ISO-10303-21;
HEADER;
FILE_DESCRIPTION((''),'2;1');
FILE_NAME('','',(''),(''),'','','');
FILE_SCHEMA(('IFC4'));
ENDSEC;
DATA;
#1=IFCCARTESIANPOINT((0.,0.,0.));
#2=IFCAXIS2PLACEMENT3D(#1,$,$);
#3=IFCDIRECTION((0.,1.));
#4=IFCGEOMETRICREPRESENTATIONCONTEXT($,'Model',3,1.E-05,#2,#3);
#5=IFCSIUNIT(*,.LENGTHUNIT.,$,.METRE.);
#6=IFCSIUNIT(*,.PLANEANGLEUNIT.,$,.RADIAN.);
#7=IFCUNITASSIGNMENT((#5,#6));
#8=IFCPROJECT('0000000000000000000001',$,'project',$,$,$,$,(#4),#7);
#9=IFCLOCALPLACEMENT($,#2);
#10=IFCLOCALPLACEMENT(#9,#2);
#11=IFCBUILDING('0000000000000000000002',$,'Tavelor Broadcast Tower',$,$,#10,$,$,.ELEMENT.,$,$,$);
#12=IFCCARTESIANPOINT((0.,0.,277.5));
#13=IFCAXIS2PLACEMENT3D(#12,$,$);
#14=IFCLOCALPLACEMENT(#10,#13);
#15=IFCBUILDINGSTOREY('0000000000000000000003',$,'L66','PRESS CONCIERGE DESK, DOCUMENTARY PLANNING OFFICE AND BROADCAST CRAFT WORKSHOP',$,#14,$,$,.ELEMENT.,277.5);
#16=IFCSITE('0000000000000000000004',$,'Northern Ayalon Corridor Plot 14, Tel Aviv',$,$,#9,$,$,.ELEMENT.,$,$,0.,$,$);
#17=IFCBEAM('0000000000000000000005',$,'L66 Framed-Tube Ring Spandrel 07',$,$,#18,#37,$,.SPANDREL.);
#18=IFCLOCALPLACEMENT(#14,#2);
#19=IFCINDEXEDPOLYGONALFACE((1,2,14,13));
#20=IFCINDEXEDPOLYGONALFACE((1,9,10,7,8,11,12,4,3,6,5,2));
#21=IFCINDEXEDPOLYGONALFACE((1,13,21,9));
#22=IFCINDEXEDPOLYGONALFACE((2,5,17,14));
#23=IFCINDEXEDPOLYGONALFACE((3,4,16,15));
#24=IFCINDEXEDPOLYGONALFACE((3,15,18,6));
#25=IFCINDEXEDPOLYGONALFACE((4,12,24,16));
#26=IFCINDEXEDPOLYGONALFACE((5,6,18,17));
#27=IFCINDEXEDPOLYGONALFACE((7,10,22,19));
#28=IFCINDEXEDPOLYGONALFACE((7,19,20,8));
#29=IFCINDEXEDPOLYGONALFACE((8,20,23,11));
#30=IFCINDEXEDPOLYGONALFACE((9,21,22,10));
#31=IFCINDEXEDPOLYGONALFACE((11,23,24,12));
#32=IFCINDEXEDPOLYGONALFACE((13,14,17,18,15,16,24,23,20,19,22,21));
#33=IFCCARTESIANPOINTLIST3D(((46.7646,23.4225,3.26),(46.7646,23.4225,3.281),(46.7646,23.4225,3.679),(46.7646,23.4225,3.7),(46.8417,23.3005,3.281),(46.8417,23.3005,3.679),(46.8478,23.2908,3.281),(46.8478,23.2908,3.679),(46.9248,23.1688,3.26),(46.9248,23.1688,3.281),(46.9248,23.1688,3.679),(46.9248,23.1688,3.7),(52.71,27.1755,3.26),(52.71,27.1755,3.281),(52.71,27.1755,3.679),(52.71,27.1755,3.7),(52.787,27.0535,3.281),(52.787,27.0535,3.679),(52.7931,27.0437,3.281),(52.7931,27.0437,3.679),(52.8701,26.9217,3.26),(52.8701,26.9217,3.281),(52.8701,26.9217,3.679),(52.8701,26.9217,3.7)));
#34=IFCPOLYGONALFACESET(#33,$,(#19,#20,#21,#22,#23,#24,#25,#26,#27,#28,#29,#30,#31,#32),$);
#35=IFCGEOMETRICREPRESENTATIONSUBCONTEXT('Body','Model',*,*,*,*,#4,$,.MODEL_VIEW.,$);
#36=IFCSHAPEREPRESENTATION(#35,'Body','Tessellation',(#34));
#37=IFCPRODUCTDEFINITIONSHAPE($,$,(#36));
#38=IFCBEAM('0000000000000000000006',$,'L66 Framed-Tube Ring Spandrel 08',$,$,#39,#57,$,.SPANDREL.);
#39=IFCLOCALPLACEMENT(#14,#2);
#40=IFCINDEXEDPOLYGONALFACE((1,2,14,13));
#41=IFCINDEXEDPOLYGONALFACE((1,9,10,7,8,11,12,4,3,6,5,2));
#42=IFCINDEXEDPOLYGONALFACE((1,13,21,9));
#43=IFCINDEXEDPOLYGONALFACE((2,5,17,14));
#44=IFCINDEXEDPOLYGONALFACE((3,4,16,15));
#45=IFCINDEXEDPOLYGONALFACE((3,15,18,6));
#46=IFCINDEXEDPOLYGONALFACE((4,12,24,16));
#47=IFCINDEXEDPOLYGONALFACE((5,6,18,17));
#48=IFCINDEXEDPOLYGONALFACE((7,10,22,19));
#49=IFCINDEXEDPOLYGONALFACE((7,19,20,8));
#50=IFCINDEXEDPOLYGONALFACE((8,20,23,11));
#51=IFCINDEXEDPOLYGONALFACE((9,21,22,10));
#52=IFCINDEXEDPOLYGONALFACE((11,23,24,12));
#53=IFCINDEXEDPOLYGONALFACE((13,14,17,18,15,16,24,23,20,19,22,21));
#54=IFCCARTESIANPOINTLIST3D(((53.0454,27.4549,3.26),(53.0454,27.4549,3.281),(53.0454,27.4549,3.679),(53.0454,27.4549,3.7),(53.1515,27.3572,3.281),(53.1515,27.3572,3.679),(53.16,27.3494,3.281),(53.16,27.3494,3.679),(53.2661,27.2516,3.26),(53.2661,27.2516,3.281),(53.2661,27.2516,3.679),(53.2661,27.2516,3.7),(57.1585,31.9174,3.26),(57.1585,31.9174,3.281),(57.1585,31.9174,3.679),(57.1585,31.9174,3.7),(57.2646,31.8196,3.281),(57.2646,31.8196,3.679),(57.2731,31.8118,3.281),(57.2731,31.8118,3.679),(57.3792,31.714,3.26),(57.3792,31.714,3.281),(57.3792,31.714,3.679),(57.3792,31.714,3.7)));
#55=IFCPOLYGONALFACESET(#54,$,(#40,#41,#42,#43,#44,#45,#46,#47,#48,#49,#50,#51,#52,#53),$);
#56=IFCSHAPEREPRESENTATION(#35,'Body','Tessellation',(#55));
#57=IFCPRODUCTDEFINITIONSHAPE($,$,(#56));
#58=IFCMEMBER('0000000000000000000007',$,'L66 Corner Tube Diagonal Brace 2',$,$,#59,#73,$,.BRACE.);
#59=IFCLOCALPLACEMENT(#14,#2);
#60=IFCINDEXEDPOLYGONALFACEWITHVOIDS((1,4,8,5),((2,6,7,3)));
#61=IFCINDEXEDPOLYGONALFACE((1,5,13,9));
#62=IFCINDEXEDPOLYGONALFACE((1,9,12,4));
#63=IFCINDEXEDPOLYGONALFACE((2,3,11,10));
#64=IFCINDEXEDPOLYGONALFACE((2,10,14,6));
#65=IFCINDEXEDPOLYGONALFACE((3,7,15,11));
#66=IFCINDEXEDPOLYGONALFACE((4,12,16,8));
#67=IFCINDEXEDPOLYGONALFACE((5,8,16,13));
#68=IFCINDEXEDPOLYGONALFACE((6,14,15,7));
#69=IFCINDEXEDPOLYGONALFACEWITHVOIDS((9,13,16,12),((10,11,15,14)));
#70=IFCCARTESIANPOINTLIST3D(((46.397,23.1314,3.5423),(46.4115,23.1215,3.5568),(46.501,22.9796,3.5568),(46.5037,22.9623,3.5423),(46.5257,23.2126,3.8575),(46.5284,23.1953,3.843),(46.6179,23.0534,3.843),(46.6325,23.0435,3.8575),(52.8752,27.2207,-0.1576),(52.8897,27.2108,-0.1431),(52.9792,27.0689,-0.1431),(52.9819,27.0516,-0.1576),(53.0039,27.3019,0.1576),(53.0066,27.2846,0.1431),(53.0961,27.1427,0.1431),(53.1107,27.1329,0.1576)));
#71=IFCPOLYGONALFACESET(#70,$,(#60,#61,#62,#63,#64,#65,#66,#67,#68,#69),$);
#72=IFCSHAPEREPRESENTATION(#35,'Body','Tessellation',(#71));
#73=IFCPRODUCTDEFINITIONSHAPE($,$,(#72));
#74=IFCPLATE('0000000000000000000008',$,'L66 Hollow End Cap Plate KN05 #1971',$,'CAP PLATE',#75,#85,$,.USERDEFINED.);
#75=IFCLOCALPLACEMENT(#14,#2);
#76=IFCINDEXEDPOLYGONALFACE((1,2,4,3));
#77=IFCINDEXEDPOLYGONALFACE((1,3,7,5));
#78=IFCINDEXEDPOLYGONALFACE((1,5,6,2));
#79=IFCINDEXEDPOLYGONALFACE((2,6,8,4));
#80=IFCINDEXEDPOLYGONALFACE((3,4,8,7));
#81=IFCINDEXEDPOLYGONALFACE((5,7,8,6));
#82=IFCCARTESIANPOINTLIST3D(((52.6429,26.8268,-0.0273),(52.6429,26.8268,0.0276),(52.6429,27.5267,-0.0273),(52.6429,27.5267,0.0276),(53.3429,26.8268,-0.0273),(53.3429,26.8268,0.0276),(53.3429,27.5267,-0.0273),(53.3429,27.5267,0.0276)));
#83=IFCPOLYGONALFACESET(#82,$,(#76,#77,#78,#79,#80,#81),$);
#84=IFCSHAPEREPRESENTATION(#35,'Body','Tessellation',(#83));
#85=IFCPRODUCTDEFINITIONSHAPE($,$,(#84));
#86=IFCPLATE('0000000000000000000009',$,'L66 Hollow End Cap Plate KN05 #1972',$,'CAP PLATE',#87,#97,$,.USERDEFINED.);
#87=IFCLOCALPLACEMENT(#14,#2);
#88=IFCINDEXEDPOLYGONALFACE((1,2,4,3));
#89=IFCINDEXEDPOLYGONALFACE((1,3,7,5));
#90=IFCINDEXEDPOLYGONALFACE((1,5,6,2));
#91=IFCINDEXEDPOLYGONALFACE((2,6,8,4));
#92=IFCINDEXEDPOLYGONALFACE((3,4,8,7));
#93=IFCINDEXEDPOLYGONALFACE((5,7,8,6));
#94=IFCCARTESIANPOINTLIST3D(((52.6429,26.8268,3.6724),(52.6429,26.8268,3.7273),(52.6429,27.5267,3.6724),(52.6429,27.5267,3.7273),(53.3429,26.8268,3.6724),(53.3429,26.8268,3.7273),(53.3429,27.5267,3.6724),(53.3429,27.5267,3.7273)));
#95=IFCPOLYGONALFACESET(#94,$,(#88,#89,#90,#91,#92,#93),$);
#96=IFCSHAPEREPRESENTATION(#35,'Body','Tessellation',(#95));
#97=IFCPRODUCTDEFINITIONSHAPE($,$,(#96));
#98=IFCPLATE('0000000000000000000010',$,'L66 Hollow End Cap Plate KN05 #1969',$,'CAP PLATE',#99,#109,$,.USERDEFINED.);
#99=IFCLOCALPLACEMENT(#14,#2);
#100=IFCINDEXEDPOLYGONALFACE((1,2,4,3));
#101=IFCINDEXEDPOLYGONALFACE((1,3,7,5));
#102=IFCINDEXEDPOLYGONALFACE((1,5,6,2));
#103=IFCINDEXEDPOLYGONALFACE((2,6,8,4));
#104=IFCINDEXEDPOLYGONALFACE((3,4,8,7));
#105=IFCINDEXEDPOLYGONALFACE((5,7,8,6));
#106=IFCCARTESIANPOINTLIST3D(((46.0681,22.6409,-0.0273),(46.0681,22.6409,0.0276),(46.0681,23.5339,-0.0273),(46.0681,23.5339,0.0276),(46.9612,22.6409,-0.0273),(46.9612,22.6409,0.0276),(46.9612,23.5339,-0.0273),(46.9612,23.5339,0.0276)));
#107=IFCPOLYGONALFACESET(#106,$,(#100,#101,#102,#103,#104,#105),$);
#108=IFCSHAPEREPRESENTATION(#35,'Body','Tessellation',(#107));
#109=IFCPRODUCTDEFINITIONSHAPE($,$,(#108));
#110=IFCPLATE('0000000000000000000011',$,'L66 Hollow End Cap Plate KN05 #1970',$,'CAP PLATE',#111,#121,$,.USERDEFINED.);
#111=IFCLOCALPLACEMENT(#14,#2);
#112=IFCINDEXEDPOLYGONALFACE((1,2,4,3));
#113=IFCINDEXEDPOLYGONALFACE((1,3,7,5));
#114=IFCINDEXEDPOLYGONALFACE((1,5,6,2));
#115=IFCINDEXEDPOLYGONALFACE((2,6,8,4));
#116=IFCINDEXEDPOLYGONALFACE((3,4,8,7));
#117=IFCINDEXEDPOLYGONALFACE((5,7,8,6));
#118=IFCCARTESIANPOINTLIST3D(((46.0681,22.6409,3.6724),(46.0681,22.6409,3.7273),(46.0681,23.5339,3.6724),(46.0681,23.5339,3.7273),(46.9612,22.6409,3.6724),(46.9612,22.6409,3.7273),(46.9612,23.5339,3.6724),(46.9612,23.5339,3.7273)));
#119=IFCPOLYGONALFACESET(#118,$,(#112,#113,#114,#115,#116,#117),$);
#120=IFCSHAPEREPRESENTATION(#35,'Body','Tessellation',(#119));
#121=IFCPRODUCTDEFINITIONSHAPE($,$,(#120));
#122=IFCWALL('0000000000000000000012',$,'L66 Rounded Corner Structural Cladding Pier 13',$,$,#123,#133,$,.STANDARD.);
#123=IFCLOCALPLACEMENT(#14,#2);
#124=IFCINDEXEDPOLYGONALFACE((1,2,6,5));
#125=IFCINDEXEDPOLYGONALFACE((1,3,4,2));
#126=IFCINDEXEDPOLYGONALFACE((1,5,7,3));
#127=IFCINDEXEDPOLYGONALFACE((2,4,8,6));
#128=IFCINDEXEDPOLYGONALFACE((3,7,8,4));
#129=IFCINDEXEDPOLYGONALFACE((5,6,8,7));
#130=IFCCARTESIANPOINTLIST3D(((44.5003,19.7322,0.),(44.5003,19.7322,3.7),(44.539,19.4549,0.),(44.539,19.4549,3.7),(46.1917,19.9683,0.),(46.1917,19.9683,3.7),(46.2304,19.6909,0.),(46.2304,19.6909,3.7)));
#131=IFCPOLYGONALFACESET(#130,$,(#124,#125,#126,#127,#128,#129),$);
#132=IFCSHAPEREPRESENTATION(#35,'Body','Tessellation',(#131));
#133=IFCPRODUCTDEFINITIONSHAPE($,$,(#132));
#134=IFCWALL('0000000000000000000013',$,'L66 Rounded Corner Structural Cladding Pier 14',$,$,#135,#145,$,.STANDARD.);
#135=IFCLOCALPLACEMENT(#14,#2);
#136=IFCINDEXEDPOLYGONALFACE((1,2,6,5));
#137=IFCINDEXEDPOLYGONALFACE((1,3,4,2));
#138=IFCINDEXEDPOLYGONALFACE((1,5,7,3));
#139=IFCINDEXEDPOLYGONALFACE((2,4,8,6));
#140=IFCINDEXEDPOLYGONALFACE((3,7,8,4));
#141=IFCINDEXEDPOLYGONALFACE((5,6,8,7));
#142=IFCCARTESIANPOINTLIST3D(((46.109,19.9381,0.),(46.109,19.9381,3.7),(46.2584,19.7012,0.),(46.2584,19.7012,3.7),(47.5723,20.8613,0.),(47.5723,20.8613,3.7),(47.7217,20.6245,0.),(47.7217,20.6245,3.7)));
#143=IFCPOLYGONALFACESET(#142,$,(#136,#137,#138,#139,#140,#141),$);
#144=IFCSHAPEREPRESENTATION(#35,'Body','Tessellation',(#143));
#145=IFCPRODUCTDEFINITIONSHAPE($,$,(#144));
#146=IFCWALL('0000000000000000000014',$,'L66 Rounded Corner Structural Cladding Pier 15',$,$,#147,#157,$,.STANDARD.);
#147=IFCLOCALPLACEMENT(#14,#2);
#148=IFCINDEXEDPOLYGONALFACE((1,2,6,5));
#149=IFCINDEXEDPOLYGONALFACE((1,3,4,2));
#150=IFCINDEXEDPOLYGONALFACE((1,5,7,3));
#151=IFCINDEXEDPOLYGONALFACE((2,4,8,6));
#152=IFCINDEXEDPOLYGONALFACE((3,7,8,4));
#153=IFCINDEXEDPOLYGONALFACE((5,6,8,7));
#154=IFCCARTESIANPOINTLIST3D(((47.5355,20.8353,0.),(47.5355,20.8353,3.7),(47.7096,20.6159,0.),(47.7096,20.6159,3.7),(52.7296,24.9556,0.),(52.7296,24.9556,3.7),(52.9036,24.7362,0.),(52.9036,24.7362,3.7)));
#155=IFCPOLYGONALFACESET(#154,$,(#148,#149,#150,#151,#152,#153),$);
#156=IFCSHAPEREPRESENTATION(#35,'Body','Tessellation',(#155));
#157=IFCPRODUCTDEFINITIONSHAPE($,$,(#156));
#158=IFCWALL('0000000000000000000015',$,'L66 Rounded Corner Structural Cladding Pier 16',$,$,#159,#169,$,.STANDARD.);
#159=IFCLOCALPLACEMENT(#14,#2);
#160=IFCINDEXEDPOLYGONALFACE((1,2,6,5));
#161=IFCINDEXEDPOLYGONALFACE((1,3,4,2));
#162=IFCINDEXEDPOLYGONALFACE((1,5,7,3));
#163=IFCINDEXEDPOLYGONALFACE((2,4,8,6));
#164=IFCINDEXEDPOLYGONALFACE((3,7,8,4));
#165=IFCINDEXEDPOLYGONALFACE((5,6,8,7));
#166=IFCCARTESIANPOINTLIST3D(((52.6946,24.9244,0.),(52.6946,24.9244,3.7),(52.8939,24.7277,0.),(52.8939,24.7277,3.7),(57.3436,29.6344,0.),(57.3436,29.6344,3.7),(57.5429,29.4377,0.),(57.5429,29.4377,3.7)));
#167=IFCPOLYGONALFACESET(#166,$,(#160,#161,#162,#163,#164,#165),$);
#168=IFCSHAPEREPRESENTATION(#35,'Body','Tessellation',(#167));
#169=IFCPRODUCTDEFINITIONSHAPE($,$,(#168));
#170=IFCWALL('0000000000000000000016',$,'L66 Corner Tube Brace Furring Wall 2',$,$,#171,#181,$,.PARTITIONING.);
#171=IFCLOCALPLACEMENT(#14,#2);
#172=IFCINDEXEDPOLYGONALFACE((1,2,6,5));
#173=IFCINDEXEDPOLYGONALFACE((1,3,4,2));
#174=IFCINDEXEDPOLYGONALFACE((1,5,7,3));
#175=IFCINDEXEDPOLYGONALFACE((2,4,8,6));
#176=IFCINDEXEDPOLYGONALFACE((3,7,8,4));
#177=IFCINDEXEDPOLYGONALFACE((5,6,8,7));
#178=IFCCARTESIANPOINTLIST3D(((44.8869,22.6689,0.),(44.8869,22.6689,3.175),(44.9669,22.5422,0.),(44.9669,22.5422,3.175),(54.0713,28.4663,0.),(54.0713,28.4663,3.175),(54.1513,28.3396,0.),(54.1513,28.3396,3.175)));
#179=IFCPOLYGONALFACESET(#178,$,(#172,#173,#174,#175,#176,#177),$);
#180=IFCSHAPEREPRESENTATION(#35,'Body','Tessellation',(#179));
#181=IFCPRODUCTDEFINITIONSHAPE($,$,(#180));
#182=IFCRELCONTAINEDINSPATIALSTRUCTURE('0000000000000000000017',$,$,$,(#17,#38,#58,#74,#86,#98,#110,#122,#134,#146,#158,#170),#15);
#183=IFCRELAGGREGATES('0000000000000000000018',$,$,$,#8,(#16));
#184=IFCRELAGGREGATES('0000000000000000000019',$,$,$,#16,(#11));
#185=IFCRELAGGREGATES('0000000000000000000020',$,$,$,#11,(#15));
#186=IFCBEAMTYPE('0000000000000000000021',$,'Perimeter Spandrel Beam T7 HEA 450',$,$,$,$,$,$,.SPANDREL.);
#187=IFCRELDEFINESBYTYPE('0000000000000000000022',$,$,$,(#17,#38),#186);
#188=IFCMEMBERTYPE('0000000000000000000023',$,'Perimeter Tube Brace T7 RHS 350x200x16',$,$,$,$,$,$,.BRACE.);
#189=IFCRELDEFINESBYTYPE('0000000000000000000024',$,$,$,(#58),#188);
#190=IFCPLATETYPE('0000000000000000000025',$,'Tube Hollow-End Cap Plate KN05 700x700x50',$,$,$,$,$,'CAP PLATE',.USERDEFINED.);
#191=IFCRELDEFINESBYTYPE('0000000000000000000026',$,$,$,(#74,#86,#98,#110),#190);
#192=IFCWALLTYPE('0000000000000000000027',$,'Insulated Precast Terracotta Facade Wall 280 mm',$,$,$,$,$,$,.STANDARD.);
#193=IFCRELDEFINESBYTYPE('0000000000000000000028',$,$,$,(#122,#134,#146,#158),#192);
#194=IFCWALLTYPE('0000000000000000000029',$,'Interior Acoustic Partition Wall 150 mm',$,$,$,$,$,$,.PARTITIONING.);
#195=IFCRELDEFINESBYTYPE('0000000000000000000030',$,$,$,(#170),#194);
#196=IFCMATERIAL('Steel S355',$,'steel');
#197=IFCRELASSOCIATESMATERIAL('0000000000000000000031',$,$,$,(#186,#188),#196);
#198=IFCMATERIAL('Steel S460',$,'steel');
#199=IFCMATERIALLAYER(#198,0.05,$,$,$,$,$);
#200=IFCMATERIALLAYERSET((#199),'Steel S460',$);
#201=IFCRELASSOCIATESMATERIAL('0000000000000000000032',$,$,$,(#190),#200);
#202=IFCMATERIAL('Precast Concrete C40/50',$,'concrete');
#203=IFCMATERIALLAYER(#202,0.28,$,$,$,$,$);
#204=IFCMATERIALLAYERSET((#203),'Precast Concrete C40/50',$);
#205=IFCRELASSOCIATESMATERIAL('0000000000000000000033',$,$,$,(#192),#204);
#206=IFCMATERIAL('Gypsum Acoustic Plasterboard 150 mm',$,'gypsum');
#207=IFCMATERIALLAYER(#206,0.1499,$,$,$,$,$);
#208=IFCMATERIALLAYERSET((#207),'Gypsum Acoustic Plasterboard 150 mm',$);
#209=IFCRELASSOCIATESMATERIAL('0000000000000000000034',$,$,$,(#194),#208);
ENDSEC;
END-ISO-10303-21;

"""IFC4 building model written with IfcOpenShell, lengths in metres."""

from ifc_helpers import new_model, si_unit, direction, frame, frame_2d, origin, origin_2d, place, context, subcontext, project, spatial, rectangle, hollow_rectangle, i_section, extrude, source, transform, mapped, material, layer, layer_set, material_profile, profile_set, type_object, type_shapes, element, save


model = new_model("IFC4")

# Units and contexts
model_context = context("Model", 3, precision=1e-05, world=origin(), true_north=direction((0.0, 1.0)))
body_context = subcontext(model_context, "Body", "Model", "MODEL_VIEW")
ifc_project = project(units=[si_unit("LENGTHUNIT", "METRE"), si_unit("PLANEANGLEUNIT", "RADIAN")], contexts=[model_context])

# Site, building, storey
site_placement = place(None, origin())
site = spatial("IfcSite", under=ifc_project, at=site_placement, Name="Northern Ayalon Corridor Plot 14, Tel Aviv", CompositionType="ELEMENT", RefElevation=0.0)
building_placement = place(site_placement, origin())
building = spatial("IfcBuilding", under=site, at=building_placement, Name="Tavelor Broadcast Tower", CompositionType="ELEMENT")
storey_placement = place(building_placement, frame((0.0, 0.0, 277.5)))
storey = spatial("IfcBuildingStorey", under=building, at=storey_placement, Name="L66", Description="PRESS CONCIERGE DESK, DOCUMENTARY PLANNING OFFICE AND BROADCAST CRAFT WORKSHOP", CompositionType="ELEMENT", Elevation=277.5)

# Shared definitions
ifc_material_1 = material(Name="Steel S460", Category="steel")

# Beams
ifc_material_2 = material(Name="Steel S355", Category="steel")
ifc_material_profile_1 = material_profile(ifc_material_2, i_section(OverallWidth=0.3, OverallDepth=0.4399, WebThickness=0.0115, FlangeThickness=0.021, at=origin_2d()), Name="HEA 450")
ifc_profile_set_1 = profile_set([ifc_material_profile_1], Name="Steel S355")
beam_type_1 = type_object("IfcBeamType", Name="Perimeter Spandrel Beam T7 HEA 450", PredefinedType="SPANDREL", material=ifc_profile_set_1)
beam_1_placement = place(storey_placement, frame((46.8447, 23.2957, 3.48), z_axis=(0.845618, 0.533789, 0.0), x_axis=(-0.533789, 0.845618, 0.0)))
element("IfcBeam", 1, at=beam_1_placement, inside=storey, type_object=beam_type_1, Name="L66 Framed-Tube Ring Spandrel 07", PredefinedType="SPANDREL", context=body_context, shape_type="SweptSolid", body=[
    extrude(i_section(OverallWidth=0.3, OverallDepth=0.4399, WebThickness=0.0115, FlangeThickness=0.021, at=origin_2d()), origin(), (0.0, 0.0, 1.0), 7.0308),
])
beam_2_placement = place(storey_placement, frame((53.1558, 27.3533, 3.48), z_axis=(0.677737, 0.735304, 0.0), x_axis=(-0.735304, 0.677737, 0.0)))
element("IfcBeam", 2, at=beam_2_placement, inside=storey, type_object=beam_type_1, Name="L66 Framed-Tube Ring Spandrel 08", PredefinedType="SPANDREL", context=body_context, shape_type="SweptSolid", body=[
    extrude(i_section(OverallWidth=0.3, OverallDepth=0.4399, WebThickness=0.0115, FlangeThickness=0.021, at=origin_2d()), origin(), (0.0, 0.0, 1.0), 6.0688),
])

# Member
ifc_material_profile_2 = material_profile(ifc_material_2, hollow_rectangle(XDim=0.2, YDim=0.3501, WallThickness=0.0161, at=origin_2d()), Name="RHS 350x200x16")
ifc_profile_set_2 = profile_set([ifc_material_profile_2], Name="Steel S355")
member_type = type_object("IfcMemberType", Name="Perimeter Tube Brace T7 RHS 350x200x16", PredefinedType="BRACE", material=ifc_profile_set_2)
member_placement = place(storey_placement, frame((52.9929, 27.1768, 0.0), z_axis=(-0.761462, -0.480667, 0.434896), x_axis=(0.533789, -0.845618, 0.0)))
element("IfcMember", 3, at=member_placement, inside=storey, type_object=member_type, Name="L66 Corner Tube Diagonal Brace 2", PredefinedType="BRACE", context=body_context, shape_type="SweptSolid", body=[
    extrude(hollow_rectangle(XDim=0.2, YDim=0.3501, WallThickness=0.0161, at=origin_2d()), origin(), (0.0, 0.0, 1.0), 8.5076),
])

# Plates
ifc_layer_1 = layer(ifc_material_1, 0.05)
ifc_layer_set_1 = layer_set([ifc_layer_1], Name="Steel S460")
plate_type = type_object("IfcPlateType", Name="Tube Hollow-End Cap Plate KN05 700x700x50", ElementType="CAP PLATE", PredefinedType="USERDEFINED", material=ifc_layer_set_1)
shared_shape_1 = source(origin(), body_context, "Body", "SweptSolid", [
    extrude(rectangle(XDim=0.7, YDim=0.7, at=origin_2d()), origin(), (0.0, 0.0, 1.0), 0.0549),
])
for number, where, z_axis, x_axis, name in (
    (4, (52.9929, 27.1768, -0.0273), (0.0, 0.0, 1.0), (1.0, 0.0, 0.0), "L66 Hollow End Cap Plate KN05 #1971"),
    (5, (52.9929, 27.1768, 3.6724), (0.0, 0.0, 1.0), (1.0, 0.0, 0.0), "L66 Hollow End Cap Plate KN05 #1972"),
):
    element("IfcPlate", number, at=place(storey_placement, frame(where, z_axis=z_axis, x_axis=x_axis)), inside=storey, type_object=plate_type, Name=name, ObjectType="CAP PLATE", PredefinedType="USERDEFINED", context=body_context, shape_type="MappedRepresentation", body=[
        mapped(shared_shape_1, transform((0.0, 0.0, 0.0), scale=1.0)),
    ])
shared_shape_2 = source(origin(), body_context, "Body", "SweptSolid", [
    extrude(rectangle(XDim=0.8931, YDim=0.8931, at=origin_2d()), origin(), (0.0, 0.0, 1.0), 0.0549),
])
type_shapes(plate_type, [shared_shape_1, shared_shape_2])
for number, where, z_axis, x_axis, name in (
    (6, (46.5146, 23.0874, -0.0273), (0.0, 0.0, 1.0), (1.0, 0.0, 0.0), "L66 Hollow End Cap Plate KN05 #1969"),
    (7, (46.5146, 23.0874, 3.6724), (0.0, 0.0, 1.0), (1.0, 0.0, 0.0), "L66 Hollow End Cap Plate KN05 #1970"),
):
    element("IfcPlate", number, at=place(storey_placement, frame(where, z_axis=z_axis, x_axis=x_axis)), inside=storey, type_object=plate_type, Name=name, ObjectType="CAP PLATE", PredefinedType="USERDEFINED", context=body_context, shape_type="MappedRepresentation", body=[
        mapped(shared_shape_2, transform((0.0, 0.0, 0.0), scale=1.0)),
    ])

# Walls
ifc_material_3 = material(Name="Precast Concrete C40/50", Category="concrete")
ifc_layer_2 = layer(ifc_material_3, 0.28)
ifc_layer_set_2 = layer_set([ifc_layer_2], Name="Precast Concrete C40/50")
wall_type_1 = type_object("IfcWallType", Name="Insulated Precast Terracotta Facade Wall 280 mm", PredefinedType="STANDARD", material=ifc_layer_set_2)
wall_1_placement = place(storey_placement, frame((44.5195, 19.5935, 0.0), z_axis=(0.0, 0.0, 1.0), x_axis=(0.990399, 0.138238, 0.0)))
element("IfcWall", 8, at=wall_1_placement, inside=storey, type_object=wall_type_1, Name="L66 Rounded Corner Structural Cladding Pier 13", PredefinedType="STANDARD", context=body_context, shape_type="SweptSolid", body=[
    extrude(rectangle(XDim=1.7078, YDim=0.28, at=frame_2d((0.854, 0.0))), origin(), (0.0, 0.0, 1.0), 3.7),
])
wall_2_placement = place(storey_placement, frame((46.1836, 19.8196, 0.0), z_axis=(0.0, 0.0, 1.0), x_axis=(0.845724, 0.533621, 0.0)))
element("IfcWall", 9, at=wall_2_placement, inside=storey, type_object=wall_type_1, Name="L66 Rounded Corner Structural Cladding Pier 14", PredefinedType="STANDARD", context=body_context, shape_type="SweptSolid", body=[
    extrude(rectangle(XDim=1.7302, YDim=0.28, at=frame_2d((0.8652, 0.0))), origin(), (0.0, 0.0, 1.0), 3.7),
])
wall_3_placement = place(storey_placement, frame((47.6226, 20.7256, 0.0), z_axis=(0.0, 0.0, 1.0), x_axis=(0.783431, 0.621479, 0.0)))
element("IfcWall", 10, at=wall_3_placement, inside=storey, type_object=wall_type_1, Name="L66 Rounded Corner Structural Cladding Pier 15", PredefinedType="STANDARD", context=body_context, shape_type="SweptSolid", body=[
    extrude(rectangle(XDim=6.6299, YDim=0.28, at=frame_2d((3.3149, 0.0))), origin(), (0.0, 0.0, 1.0), 3.7),
])
wall_4_placement = place(storey_placement, frame((52.7942, 24.8259, 0.0), z_axis=(0.0, 0.0, 1.0), x_axis=(0.70248, 0.711703, 0.0)))
element("IfcWall", 11, at=wall_4_placement, inside=storey, type_object=wall_type_1, Name="L66 Rounded Corner Structural Cladding Pier 16", PredefinedType="STANDARD", context=body_context, shape_type="SweptSolid", body=[
    extrude(rectangle(XDim=6.6179, YDim=0.28, at=frame_2d((3.3091, 0.0))), origin(), (0.0, 0.0, 1.0), 3.7),
])
ifc_material_4 = material(Name="Gypsum Acoustic Plasterboard 150 mm", Category="gypsum")
ifc_layer_3 = layer(ifc_material_4, 0.1499)
ifc_layer_set_3 = layer_set([ifc_layer_3], Name="Gypsum Acoustic Plasterboard 150 mm")
wall_type_2 = type_object("IfcWallType", Name="Interior Acoustic Partition Wall 150 mm", PredefinedType="PARTITIONING", material=ifc_layer_set_3)
wall_5_placement = place(storey_placement, frame((44.9268, 22.6055, 0.0), z_axis=(0.0, 0.0, 1.0), x_axis=(0.845625, 0.533778, 0.0)))
element("IfcWall", 12, at=wall_5_placement, inside=storey, type_object=wall_type_2, Name="L66 Corner Tube Brace Furring Wall 2", PredefinedType="PARTITIONING", context=body_context, shape_type="SweptSolid", body=[
    extrude(rectangle(XDim=10.8611, YDim=0.1499, at=frame_2d((5.4307, 0.0))), origin(), (0.0, 0.0, 1.0), 3.175),
])

save(model, "model.ifc")
